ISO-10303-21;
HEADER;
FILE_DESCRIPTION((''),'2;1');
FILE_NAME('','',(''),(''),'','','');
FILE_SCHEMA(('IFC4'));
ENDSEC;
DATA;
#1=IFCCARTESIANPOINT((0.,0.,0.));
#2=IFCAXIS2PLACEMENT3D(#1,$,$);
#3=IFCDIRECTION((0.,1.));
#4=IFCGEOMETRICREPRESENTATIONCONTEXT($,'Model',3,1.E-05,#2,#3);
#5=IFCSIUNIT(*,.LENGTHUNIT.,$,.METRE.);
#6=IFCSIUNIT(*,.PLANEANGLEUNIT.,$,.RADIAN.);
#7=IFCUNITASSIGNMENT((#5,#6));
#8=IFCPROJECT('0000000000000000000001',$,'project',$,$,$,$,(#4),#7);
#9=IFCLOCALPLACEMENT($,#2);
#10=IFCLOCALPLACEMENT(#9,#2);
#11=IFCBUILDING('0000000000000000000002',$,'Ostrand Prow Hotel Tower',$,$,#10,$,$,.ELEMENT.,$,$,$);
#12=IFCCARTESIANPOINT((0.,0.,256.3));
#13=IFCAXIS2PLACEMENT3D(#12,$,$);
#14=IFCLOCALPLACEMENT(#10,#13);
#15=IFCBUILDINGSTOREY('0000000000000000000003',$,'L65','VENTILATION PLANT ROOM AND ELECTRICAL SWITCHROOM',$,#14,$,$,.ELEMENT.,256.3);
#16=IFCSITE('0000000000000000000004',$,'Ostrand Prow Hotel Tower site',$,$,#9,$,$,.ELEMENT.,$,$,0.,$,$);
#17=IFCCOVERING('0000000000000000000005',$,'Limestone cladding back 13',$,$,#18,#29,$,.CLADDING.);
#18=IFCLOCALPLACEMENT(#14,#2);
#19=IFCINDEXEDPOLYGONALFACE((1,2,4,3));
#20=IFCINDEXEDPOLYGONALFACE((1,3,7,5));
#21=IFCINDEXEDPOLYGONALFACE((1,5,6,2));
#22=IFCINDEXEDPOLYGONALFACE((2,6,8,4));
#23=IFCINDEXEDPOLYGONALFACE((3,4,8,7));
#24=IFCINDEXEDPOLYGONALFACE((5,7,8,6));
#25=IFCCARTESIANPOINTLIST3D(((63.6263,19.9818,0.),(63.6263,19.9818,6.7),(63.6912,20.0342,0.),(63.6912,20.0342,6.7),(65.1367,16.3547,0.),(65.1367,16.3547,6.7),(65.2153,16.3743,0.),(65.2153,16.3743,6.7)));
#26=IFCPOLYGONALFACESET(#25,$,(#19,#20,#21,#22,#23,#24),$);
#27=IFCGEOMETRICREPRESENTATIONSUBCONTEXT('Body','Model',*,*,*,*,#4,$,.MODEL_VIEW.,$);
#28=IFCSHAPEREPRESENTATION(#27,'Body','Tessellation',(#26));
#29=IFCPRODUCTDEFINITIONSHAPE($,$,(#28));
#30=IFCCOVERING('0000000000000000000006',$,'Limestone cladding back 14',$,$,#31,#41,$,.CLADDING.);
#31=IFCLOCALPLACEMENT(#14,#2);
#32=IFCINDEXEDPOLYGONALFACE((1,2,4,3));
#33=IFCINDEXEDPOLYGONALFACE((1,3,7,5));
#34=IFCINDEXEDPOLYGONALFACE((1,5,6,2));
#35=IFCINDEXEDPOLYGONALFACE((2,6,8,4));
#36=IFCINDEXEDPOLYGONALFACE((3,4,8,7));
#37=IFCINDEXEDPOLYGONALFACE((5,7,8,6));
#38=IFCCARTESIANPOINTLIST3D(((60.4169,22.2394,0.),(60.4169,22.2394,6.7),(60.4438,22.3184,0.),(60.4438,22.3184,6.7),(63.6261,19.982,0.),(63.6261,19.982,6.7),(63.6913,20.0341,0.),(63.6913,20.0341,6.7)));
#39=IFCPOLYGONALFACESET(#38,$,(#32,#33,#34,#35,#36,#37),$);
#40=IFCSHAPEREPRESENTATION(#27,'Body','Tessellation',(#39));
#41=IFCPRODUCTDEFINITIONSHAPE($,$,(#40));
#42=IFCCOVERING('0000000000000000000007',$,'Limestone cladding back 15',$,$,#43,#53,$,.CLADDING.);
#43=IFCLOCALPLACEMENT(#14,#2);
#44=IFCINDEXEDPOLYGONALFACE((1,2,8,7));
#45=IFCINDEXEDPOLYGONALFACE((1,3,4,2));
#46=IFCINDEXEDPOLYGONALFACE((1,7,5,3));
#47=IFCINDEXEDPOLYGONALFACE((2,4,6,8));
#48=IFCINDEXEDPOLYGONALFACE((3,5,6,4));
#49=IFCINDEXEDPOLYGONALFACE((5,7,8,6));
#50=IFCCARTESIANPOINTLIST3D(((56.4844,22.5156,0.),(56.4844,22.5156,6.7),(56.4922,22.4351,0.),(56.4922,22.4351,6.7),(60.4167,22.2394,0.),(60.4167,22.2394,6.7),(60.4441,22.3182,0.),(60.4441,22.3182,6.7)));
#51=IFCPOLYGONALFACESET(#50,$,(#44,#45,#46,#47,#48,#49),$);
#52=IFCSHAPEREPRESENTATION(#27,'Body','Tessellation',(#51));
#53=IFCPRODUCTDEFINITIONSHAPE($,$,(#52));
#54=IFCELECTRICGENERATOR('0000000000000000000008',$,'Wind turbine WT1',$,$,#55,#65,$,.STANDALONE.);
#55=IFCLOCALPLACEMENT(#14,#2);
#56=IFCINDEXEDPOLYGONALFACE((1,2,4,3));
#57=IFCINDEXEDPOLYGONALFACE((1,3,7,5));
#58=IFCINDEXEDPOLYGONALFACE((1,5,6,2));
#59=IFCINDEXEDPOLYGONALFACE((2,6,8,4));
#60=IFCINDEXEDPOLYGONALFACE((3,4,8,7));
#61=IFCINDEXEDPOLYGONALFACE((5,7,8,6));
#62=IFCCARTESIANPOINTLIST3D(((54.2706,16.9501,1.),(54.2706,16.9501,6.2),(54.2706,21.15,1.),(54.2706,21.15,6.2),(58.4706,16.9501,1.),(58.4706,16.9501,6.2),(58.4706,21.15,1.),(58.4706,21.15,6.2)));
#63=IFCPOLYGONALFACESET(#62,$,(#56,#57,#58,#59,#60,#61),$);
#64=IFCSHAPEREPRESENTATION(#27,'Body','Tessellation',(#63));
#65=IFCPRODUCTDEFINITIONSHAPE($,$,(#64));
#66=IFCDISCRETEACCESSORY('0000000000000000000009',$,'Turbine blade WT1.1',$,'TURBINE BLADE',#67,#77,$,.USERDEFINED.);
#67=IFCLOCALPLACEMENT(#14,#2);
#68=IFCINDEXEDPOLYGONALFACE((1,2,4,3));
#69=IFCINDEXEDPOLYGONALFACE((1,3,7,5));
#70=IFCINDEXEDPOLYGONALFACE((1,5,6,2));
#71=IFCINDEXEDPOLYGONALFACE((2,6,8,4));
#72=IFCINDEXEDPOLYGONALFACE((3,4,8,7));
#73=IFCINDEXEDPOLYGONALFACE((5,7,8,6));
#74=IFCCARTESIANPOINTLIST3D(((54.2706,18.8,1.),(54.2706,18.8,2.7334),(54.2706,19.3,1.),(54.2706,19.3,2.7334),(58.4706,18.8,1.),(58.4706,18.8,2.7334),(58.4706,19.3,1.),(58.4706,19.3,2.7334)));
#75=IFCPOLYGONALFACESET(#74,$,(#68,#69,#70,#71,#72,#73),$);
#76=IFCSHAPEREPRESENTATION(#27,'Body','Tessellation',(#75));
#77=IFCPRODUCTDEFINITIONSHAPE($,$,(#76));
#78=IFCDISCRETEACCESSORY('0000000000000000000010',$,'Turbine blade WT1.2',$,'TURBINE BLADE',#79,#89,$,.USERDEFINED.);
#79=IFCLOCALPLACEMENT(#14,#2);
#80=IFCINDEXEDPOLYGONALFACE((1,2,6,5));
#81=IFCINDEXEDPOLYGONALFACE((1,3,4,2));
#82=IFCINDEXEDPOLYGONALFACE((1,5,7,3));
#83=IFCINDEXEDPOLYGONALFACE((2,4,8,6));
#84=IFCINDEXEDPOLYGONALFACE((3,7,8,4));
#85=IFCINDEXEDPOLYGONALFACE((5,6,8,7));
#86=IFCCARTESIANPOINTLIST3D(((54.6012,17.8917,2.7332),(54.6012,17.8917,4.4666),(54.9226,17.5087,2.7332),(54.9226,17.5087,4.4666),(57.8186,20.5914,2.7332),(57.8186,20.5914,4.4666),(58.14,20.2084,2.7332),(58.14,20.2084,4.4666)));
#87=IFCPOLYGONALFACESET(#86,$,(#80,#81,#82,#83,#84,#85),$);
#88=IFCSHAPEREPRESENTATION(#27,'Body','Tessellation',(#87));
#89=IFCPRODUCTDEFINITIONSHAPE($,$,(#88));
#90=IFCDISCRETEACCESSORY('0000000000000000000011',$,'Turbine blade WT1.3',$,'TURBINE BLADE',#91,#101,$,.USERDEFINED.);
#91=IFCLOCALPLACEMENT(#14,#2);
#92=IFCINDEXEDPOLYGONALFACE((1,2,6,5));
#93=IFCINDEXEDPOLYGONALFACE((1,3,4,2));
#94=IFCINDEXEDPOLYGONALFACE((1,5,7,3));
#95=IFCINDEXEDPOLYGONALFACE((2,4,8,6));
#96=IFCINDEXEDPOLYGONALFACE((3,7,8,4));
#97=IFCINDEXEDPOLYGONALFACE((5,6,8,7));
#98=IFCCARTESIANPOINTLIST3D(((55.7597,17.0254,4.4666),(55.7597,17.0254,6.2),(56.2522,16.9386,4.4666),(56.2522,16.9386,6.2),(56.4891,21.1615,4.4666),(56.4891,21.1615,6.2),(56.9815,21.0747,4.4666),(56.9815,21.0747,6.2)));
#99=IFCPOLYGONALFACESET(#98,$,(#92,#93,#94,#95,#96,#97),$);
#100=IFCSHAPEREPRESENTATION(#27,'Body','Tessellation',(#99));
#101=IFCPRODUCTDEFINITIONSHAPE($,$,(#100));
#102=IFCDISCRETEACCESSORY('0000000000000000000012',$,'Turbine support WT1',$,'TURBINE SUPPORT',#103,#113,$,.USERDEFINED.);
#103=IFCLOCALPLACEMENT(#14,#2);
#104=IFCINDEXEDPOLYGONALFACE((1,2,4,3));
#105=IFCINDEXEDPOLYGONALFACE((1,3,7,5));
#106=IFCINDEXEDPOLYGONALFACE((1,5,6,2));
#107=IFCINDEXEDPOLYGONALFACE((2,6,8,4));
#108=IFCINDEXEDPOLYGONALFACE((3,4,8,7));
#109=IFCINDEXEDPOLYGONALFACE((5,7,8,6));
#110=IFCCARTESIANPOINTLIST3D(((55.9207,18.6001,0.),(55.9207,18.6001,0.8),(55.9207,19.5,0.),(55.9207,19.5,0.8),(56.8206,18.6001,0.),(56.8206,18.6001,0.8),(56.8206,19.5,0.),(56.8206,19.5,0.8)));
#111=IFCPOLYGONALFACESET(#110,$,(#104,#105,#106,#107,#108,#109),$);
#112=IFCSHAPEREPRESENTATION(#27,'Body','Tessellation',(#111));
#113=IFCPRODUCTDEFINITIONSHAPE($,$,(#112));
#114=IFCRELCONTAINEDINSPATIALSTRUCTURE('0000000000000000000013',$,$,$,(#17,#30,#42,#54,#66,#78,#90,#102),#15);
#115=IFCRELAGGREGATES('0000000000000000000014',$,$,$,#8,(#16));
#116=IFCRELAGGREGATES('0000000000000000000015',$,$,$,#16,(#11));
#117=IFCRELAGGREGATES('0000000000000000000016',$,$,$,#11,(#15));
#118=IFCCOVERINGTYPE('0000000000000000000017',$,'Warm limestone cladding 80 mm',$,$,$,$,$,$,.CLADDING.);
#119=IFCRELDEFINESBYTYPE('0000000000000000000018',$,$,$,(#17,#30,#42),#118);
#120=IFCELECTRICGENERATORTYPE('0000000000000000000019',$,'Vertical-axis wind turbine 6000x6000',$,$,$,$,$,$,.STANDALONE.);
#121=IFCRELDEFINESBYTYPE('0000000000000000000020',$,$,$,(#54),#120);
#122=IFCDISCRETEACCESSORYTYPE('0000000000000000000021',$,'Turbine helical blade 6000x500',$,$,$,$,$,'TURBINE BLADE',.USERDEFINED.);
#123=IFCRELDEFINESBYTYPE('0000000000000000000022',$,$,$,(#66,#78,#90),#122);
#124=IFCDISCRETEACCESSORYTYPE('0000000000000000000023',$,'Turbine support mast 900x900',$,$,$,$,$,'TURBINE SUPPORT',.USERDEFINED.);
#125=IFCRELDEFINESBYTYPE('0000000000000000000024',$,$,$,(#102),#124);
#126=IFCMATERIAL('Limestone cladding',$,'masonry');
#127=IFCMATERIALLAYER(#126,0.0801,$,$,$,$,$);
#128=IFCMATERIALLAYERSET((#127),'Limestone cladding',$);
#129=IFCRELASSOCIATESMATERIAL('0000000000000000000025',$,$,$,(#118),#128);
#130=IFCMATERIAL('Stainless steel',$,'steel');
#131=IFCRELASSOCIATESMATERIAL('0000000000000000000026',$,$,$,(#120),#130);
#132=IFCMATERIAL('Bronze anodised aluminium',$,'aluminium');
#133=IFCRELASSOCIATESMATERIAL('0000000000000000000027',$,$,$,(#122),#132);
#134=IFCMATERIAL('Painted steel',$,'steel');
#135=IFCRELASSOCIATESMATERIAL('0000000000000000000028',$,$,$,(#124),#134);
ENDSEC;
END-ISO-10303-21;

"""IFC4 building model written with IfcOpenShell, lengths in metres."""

from ifc_helpers import new_model, si_unit, direction, frame, origin, origin_2d, place, context, subcontext, project, spatial, polyline, rectangle, outline, extrude, material, layer, layer_set, type_object, element, save


model = new_model("IFC4")

# Units and contexts
model_context = context("Model", 3, precision=1e-05, world=origin(), true_north=direction((0.0, 1.0)))
body_context = subcontext(model_context, "Body", "Model", "MODEL_VIEW")
ifc_project = project(units=[si_unit("LENGTHUNIT", "METRE"), si_unit("PLANEANGLEUNIT", "RADIAN")], contexts=[model_context])

# Site, building, storey
site_placement = place(None, origin())
site = spatial("IfcSite", under=ifc_project, at=site_placement, Name="Ostrand Prow Hotel Tower site", CompositionType="ELEMENT", RefElevation=0.0)
building_placement = place(site_placement, origin())
building = spatial("IfcBuilding", under=site, at=building_placement, Name="Ostrand Prow Hotel Tower", CompositionType="ELEMENT")
storey_placement = place(building_placement, frame((0.0, 0.0, 256.3)))
storey = spatial("IfcBuildingStorey", under=building, at=storey_placement, Name="L65", Description="VENTILATION PLANT ROOM AND ELECTRICAL SWITCHROOM", CompositionType="ELEMENT", Elevation=256.3)

# Coverings
ifc_material_1 = material(Name="Limestone cladding", Category="masonry")
ifc_layer_1 = layer(ifc_material_1, 0.0801)
ifc_layer_set_1 = layer_set([ifc_layer_1], Name="Limestone cladding")
covering_type_1 = type_object("IfcCoveringType", Name="Warm limestone cladding 80 mm", PredefinedType="CLADDING", material=ifc_layer_set_1)
covering_1_placement = place(storey_placement, frame((65.176, 16.3645, 0.0), z_axis=(0.0, 0.0, 1.0), x_axis=(-0.38444, 0.92315, 0.0)))
element("IfcCovering", 1, at=covering_1_placement, inside=storey, type_object=covering_type_1, Name="Limestone cladding back 13", PredefinedType="CLADDING", context=body_context, shape_type="SweptSolid", body=[
    extrude(outline(polyline([(-0.0061, -0.04), (3.9585, -0.04), (3.9351, 0.04), (0.0061, 0.04), (-0.0061, -0.04)])), origin(), (0.0, 0.0, 1.0), 6.7),
])
covering_2_placement = place(storey_placement, frame((63.6587, 20.0081, 0.0), z_axis=(0.0, 0.0, 1.0), x_axis=(-0.817925, 0.575325, 0.0)))
element("IfcCovering", 2, at=covering_2_placement, inside=storey, type_object=covering_type_1, Name="Limestone cladding back 14", PredefinedType="CLADDING", context=body_context, shape_type="SweptSolid", body=[
    extrude(outline(polyline([(-0.0117, -0.04), (3.9587, -0.04), (3.9353, 0.04), (0.0117, 0.04), (-0.0117, -0.04)])), origin(), (0.0, 0.0, 1.0), 6.7),
])
covering_3_placement = place(storey_placement, frame((60.4304, 22.2788, 0.0), z_axis=(0.0, 0.0, 1.0), x_axis=(-0.99876, 0.049793, 0.0)))
element("IfcCovering", 3, at=covering_3_placement, inside=storey, type_object=covering_type_1, Name="Limestone cladding back 15", PredefinedType="CLADDING", context=body_context, shape_type="SweptSolid", body=[
    extrude(outline(polyline([(-0.0117, -0.04), (3.9529, -0.04), (3.9412, 0.04), (0.0117, 0.04), (-0.0117, -0.04)])), origin(), (0.0, 0.0, 1.0), 6.7),
])

# Electric generator
ifc_material_2 = material(Name="Stainless steel", Category="steel")
electric_generator_type = type_object("IfcElectricGeneratorType", Name="Vertical-axis wind turbine 6000x6000", PredefinedType="STANDALONE", material=ifc_material_2)
electric_generator_placement = place(storey_placement, frame((56.3706, 19.05, 1.0), z_axis=(0.0, 0.0, 1.0), x_axis=(1.0, 0.0, 0.0)))
element("IfcElectricGenerator", 4, at=electric_generator_placement, inside=storey, type_object=electric_generator_type, Name="Wind turbine WT1", PredefinedType="STANDALONE", context=body_context, shape_type="SweptSolid", body=[
    extrude(rectangle(XDim=4.2, YDim=4.2, at=origin_2d()), origin(), (0.0, 0.0, 1.0), 5.2),
])

# Discrete accessories
ifc_material_3 = material(Name="Bronze anodised aluminium", Category="aluminium")
discrete_accessory_type_1 = type_object("IfcDiscreteAccessoryType", Name="Turbine helical blade 6000x500", ElementType="TURBINE BLADE", PredefinedType="USERDEFINED", material=ifc_material_3)
for number, where, z_axis, x_axis, name in (
    (5, (56.3706, 19.05, 1.0), (0.0, 0.0, 1.0), (1.0, 0.0, 0.0), "Turbine blade WT1.1"),
    (6, (56.3706, 19.05, 2.7332), (0.0, 0.0, 1.0), (0.766044, 0.642788, 0.0), "Turbine blade WT1.2"),
    (7, (56.3706, 19.05, 4.4666), (0.0, 0.0, 1.0), (0.173648, 0.984808, 0.0), "Turbine blade WT1.3"),
):
    element("IfcDiscreteAccessory", number, at=place(storey_placement, frame(where, z_axis=z_axis, x_axis=x_axis)), inside=storey, type_object=discrete_accessory_type_1, Name=name, ObjectType="TURBINE BLADE", PredefinedType="USERDEFINED", context=body_context, shape_type="SweptSolid", body=[
        extrude(rectangle(XDim=4.2, YDim=0.5, at=origin_2d()), origin(), (0.0, 0.0, 1.0), 1.7334),
    ])
ifc_material_4 = material(Name="Painted steel", Category="steel")
discrete_accessory_type_2 = type_object("IfcDiscreteAccessoryType", Name="Turbine support mast 900x900", ElementType="TURBINE SUPPORT", PredefinedType="USERDEFINED", material=ifc_material_4)
discrete_accessory_placement = place(storey_placement, frame((56.3706, 19.05, 0.0), z_axis=(0.0, 0.0, 1.0), x_axis=(1.0, 0.0, 0.0)))
element("IfcDiscreteAccessory", 8, at=discrete_accessory_placement, inside=storey, type_object=discrete_accessory_type_2, Name="Turbine support WT1", ObjectType="TURBINE SUPPORT", PredefinedType="USERDEFINED", context=body_context, shape_type="SweptSolid", body=[
    extrude(rectangle(XDim=0.8999, YDim=0.8999, at=origin_2d()), origin(), (0.0, 0.0, 1.0), 0.8),
])

save(model, "model.ifc")
